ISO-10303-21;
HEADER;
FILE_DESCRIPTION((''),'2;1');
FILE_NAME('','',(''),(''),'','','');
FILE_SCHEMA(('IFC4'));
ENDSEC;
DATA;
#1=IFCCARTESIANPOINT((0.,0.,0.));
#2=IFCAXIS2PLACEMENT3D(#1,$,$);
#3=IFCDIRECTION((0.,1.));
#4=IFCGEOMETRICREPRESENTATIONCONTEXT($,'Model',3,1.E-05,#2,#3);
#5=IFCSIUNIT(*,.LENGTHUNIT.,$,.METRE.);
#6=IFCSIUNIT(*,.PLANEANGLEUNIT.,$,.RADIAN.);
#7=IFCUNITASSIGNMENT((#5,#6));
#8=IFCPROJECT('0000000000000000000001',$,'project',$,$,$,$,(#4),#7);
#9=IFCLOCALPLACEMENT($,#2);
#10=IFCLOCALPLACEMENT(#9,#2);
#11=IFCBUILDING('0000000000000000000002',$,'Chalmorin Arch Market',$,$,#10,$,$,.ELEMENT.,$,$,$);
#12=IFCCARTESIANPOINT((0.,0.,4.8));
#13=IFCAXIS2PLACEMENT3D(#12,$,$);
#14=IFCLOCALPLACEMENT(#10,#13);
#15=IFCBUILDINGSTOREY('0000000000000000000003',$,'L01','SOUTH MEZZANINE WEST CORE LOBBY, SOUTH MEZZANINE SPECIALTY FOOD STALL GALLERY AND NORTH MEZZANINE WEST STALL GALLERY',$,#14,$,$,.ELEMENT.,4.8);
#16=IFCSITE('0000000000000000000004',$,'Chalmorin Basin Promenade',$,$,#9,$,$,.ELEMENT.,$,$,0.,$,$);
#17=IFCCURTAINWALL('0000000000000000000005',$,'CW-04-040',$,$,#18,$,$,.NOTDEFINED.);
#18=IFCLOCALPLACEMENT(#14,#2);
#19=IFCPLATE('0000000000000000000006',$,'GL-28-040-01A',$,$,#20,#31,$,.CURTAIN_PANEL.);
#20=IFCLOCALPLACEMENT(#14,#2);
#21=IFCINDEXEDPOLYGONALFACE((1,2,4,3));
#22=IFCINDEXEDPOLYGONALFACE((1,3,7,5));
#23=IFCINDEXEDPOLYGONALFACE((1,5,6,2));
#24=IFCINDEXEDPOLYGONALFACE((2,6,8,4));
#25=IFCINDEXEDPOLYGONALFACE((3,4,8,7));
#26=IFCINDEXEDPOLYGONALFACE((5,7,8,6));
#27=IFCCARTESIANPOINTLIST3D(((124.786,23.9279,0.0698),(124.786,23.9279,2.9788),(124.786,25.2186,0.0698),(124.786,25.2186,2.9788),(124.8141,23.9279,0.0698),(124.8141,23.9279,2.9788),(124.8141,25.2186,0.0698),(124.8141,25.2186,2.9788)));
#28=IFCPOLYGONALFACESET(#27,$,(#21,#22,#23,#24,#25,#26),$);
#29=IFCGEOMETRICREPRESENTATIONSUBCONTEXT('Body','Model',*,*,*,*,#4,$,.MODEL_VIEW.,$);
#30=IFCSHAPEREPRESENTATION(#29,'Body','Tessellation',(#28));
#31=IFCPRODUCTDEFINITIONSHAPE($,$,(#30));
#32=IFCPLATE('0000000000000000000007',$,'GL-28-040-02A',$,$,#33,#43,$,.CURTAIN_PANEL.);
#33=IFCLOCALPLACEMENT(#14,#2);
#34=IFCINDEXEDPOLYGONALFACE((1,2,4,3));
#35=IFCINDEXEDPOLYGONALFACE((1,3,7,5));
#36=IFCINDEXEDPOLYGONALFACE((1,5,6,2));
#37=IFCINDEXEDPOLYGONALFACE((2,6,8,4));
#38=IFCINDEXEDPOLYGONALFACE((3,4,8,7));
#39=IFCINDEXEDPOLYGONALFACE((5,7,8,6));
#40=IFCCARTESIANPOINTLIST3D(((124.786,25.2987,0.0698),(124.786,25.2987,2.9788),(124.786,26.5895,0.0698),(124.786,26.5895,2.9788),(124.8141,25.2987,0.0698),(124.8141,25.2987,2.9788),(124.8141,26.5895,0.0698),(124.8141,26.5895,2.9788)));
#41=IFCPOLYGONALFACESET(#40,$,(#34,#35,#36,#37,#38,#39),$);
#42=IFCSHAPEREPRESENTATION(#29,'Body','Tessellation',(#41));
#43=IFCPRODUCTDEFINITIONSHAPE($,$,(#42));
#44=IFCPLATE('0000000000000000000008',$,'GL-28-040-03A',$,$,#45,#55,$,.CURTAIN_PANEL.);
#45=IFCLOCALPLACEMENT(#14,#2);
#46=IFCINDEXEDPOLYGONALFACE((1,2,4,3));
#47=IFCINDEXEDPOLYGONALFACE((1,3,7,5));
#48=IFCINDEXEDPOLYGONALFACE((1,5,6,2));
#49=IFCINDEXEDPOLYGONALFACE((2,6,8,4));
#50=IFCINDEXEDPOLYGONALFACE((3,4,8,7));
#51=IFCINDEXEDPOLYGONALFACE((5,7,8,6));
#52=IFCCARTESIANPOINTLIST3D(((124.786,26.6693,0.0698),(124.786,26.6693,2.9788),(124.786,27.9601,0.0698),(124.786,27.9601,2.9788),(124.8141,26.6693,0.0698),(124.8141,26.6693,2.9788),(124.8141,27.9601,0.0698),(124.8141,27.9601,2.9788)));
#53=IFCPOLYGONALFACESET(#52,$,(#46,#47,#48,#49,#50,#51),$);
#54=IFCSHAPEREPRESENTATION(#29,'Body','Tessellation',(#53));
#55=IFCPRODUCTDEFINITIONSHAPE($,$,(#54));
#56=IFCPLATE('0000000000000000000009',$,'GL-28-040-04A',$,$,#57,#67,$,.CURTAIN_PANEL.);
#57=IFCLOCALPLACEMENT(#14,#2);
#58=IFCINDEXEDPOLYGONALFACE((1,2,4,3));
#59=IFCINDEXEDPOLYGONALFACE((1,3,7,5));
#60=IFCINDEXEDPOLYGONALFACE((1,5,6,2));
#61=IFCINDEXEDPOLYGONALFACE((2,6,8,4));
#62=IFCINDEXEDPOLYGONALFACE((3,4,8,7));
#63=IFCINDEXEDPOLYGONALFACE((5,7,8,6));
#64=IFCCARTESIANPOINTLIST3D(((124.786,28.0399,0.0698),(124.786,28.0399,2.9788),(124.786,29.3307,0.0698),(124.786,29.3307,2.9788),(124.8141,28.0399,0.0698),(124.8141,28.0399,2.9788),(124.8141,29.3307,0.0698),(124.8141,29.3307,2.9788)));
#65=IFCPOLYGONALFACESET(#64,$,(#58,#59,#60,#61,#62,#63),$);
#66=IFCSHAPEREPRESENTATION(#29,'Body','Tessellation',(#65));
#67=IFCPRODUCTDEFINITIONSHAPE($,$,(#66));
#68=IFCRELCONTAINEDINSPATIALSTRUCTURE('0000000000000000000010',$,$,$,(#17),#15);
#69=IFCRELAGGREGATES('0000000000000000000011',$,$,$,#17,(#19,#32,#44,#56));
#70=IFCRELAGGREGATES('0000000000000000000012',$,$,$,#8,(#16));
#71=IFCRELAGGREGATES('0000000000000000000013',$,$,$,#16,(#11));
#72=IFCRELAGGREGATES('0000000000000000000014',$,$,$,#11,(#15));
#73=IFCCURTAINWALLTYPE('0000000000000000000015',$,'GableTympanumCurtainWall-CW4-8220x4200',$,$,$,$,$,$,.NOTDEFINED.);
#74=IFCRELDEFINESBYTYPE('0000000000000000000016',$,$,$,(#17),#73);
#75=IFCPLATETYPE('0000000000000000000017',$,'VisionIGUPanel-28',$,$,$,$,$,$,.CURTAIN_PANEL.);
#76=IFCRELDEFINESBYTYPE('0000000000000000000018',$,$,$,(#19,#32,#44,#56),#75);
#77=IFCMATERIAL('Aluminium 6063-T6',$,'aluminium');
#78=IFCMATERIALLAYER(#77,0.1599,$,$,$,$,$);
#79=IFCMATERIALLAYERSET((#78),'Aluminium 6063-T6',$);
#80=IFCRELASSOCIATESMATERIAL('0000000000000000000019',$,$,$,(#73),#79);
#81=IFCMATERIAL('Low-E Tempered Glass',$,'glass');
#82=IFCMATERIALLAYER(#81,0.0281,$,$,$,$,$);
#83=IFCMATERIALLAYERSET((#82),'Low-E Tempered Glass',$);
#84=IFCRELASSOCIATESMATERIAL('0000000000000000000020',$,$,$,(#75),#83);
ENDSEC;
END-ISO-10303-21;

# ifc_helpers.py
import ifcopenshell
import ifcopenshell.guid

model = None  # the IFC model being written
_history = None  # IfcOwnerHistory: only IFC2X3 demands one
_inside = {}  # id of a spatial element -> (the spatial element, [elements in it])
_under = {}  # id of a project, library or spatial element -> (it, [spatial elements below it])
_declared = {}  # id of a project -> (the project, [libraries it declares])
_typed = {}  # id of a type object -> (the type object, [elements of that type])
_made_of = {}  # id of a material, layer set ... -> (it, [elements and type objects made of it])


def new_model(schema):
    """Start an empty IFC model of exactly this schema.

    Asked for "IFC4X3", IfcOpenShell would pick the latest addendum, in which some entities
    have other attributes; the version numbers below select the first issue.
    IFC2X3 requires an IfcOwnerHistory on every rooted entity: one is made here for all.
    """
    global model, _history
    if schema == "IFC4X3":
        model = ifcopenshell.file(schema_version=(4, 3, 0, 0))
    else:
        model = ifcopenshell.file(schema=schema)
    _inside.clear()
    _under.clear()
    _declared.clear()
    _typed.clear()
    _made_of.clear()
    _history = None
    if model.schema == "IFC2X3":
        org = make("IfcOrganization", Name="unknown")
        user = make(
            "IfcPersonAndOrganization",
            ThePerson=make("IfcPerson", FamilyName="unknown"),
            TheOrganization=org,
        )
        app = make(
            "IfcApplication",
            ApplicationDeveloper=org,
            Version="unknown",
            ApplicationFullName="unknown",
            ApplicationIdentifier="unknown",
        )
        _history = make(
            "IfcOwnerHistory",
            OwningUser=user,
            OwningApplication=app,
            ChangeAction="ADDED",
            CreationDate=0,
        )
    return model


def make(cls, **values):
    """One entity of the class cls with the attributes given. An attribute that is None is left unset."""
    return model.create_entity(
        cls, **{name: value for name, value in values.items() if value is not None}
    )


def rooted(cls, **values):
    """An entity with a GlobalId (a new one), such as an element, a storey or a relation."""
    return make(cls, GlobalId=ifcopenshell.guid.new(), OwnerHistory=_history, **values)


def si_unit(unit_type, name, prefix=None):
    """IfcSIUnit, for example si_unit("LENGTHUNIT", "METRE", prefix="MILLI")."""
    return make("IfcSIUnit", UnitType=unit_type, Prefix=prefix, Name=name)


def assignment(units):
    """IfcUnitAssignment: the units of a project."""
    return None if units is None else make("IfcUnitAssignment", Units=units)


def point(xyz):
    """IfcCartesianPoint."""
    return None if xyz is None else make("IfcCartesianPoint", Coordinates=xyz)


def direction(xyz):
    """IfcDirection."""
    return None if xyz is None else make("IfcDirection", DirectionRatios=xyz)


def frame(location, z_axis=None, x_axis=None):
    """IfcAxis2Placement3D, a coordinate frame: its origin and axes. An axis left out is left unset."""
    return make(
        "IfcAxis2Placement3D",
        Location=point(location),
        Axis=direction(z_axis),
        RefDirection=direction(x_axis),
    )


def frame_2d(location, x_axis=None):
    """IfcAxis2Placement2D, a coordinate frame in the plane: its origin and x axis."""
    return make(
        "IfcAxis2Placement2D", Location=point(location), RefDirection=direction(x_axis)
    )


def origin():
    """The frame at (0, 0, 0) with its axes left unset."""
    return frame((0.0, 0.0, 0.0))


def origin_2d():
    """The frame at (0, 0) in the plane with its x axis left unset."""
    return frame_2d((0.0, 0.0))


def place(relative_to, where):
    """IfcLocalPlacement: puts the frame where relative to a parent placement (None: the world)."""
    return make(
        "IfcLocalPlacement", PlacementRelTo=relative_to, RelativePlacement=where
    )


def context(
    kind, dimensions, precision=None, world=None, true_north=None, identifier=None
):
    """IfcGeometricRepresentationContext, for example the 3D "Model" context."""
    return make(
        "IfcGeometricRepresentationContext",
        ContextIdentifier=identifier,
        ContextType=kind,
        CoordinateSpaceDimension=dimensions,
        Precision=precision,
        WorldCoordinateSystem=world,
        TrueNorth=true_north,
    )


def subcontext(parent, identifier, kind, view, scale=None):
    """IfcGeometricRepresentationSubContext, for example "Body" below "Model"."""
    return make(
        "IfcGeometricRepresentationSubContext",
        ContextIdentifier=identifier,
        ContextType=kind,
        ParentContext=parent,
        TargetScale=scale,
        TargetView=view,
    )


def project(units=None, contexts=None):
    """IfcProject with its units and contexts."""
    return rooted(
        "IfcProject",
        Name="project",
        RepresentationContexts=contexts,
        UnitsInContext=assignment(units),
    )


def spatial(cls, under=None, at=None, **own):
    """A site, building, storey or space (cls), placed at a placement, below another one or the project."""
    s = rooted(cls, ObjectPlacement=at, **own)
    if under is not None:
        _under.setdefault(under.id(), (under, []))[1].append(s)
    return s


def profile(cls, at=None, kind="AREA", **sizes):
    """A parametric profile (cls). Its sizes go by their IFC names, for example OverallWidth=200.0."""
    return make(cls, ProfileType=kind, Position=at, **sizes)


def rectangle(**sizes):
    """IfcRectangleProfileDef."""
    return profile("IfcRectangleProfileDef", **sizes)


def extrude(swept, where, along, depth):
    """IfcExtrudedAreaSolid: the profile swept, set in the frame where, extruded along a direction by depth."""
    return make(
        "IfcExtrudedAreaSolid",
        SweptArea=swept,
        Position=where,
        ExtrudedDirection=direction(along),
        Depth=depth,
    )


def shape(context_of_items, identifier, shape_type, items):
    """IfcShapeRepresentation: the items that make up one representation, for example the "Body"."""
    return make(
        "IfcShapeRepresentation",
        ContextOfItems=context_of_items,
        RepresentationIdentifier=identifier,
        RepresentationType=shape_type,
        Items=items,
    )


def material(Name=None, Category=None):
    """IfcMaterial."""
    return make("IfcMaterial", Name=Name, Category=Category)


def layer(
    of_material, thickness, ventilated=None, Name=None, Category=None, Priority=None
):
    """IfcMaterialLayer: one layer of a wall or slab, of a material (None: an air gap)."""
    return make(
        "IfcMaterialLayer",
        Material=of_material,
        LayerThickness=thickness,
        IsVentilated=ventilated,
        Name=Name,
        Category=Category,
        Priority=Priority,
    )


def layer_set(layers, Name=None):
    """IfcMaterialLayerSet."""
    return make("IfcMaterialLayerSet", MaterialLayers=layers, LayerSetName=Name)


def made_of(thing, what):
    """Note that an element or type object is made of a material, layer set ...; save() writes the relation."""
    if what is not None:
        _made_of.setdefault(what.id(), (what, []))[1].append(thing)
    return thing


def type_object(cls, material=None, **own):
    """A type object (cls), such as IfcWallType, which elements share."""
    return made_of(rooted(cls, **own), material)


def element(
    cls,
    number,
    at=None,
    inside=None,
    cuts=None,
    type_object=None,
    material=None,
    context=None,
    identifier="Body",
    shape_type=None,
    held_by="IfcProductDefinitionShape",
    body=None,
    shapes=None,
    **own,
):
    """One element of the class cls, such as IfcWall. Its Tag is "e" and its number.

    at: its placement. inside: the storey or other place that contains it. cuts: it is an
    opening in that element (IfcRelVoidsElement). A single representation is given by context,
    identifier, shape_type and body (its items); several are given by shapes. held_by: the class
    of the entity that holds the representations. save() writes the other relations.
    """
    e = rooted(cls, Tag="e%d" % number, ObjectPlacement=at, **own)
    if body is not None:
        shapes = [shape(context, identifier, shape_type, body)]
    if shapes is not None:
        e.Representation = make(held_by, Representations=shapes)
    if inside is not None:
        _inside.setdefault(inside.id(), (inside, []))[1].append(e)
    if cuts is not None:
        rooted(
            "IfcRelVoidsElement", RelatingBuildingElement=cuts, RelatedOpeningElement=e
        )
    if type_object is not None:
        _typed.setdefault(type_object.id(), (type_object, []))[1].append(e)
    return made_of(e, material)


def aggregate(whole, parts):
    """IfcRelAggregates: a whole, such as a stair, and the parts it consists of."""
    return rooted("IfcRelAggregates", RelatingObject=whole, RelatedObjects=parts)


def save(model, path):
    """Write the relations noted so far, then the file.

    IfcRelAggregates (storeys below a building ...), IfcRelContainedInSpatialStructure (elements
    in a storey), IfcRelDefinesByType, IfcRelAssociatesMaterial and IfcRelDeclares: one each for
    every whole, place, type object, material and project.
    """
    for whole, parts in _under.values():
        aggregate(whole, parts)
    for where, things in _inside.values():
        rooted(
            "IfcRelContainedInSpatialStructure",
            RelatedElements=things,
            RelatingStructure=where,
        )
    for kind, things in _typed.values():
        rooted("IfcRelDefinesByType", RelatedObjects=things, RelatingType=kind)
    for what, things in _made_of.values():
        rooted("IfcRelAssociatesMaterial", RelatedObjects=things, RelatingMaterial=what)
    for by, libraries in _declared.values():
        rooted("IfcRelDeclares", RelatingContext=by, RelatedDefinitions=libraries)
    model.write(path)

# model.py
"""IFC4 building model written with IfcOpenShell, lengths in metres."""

from ifc_helpers import new_model, si_unit, direction, frame, origin, origin_2d, place, context, subcontext, project, spatial, rectangle, extrude, material, layer, layer_set, type_object, element, aggregate, save


model = new_model("IFC4")

# Units and contexts
model_context = context("Model", 3, precision=1e-05, world=origin(), true_north=direction((0.0, 1.0)))
body_context = subcontext(model_context, "Body", "Model", "MODEL_VIEW")
ifc_project = project(units=[si_unit("LENGTHUNIT", "METRE"), si_unit("PLANEANGLEUNIT", "RADIAN")], contexts=[model_context])

# Site, building, storey
site_placement = place(None, origin())
site = spatial("IfcSite", under=ifc_project, at=site_placement, Name="Chalmorin Basin Promenade", CompositionType="ELEMENT", RefElevation=0.0)
building_placement = place(site_placement, origin())
building = spatial("IfcBuilding", under=site, at=building_placement, Name="Chalmorin Arch Market", CompositionType="ELEMENT")
storey_placement = place(building_placement, frame((0.0, 0.0, 4.8)))
storey = spatial("IfcBuildingStorey", under=building, at=storey_placement, Name="L01", Description="SOUTH MEZZANINE WEST CORE LOBBY, SOUTH MEZZANINE SPECIALTY FOOD STALL GALLERY AND NORTH MEZZANINE WEST STALL GALLERY", CompositionType="ELEMENT", Elevation=4.8)

# Curtain wall
ifc_material_1 = material(Name="Aluminium 6063-T6", Category="aluminium")
ifc_layer_1 = layer(ifc_material_1, 0.1599)
ifc_layer_set_1 = layer_set([ifc_layer_1], Name="Aluminium 6063-T6")
curtain_wall_type = type_object("IfcCurtainWallType", Name="GableTympanumCurtainWall-CW4-8220x4200", PredefinedType="NOTDEFINED", material=ifc_layer_set_1)
curtain_wall_placement = place(storey_placement, origin())
curtain_wall = element("IfcCurtainWall", 1, at=curtain_wall_placement, inside=storey, type_object=curtain_wall_type, Name="CW-04-040", PredefinedType="NOTDEFINED")

# Plates
ifc_material_2 = material(Name="Low-E Tempered Glass", Category="glass")
ifc_layer_2 = layer(ifc_material_2, 0.0281)
ifc_layer_set_2 = layer_set([ifc_layer_2], Name="Low-E Tempered Glass")
plate_type_1 = type_object("IfcPlateType", Name="VisionIGUPanel-28", PredefinedType="CURTAIN_PANEL", material=ifc_layer_set_2)
plate_1_placement = place(storey_placement, frame((124.8, 24.5732, 0.0698), z_axis=(0.0, 0.0, 1.0), x_axis=(0.0, 1.0, 0.0)))
plate_1 = element("IfcPlate", 2, at=plate_1_placement, type_object=plate_type_1, Name="GL-28-040-01A", PredefinedType="CURTAIN_PANEL", context=body_context, shape_type="SweptSolid", body=[
    extrude(rectangle(XDim=1.2908, YDim=0.0281, at=origin_2d()), origin(), (0.0, 0.0, 1.0), 2.9089),
])
plate_2_placement = place(storey_placement, frame((124.8, 25.9441, 0.0698), z_axis=(0.0, 0.0, 1.0), x_axis=(0.0, 1.0, 0.0)))
plate_2 = element("IfcPlate", 3, at=plate_2_placement, type_object=plate_type_1, Name="GL-28-040-02A", PredefinedType="CURTAIN_PANEL", context=body_context, shape_type="SweptSolid", body=[
    extrude(rectangle(XDim=1.2908, YDim=0.0281, at=origin_2d()), origin(), (0.0, 0.0, 1.0), 2.9089),
])
plate_3_placement = place(storey_placement, frame((124.8, 27.3147, 0.0698), z_axis=(0.0, 0.0, 1.0), x_axis=(0.0, 1.0, 0.0)))
plate_3 = element("IfcPlate", 4, at=plate_3_placement, type_object=plate_type_1, Name="GL-28-040-03A", PredefinedType="CURTAIN_PANEL", context=body_context, shape_type="SweptSolid", body=[
    extrude(rectangle(XDim=1.2908, YDim=0.0281, at=origin_2d()), origin(), (0.0, 0.0, 1.0), 2.9089),
])
plate_4_placement = place(storey_placement, frame((124.8, 28.6853, 0.0698), z_axis=(0.0, 0.0, 1.0), x_axis=(0.0, 1.0, 0.0)))
plate_4 = element("IfcPlate", 5, at=plate_4_placement, type_object=plate_type_1, Name="GL-28-040-04A", PredefinedType="CURTAIN_PANEL", context=body_context, shape_type="SweptSolid", body=[
    extrude(rectangle(XDim=1.2908, YDim=0.0281, at=origin_2d()), origin(), (0.0, 0.0, 1.0), 2.9089),
])
aggregate(curtain_wall, [plate_1, plate_2, plate_3, plate_4])

save(model, "model.ifc")
